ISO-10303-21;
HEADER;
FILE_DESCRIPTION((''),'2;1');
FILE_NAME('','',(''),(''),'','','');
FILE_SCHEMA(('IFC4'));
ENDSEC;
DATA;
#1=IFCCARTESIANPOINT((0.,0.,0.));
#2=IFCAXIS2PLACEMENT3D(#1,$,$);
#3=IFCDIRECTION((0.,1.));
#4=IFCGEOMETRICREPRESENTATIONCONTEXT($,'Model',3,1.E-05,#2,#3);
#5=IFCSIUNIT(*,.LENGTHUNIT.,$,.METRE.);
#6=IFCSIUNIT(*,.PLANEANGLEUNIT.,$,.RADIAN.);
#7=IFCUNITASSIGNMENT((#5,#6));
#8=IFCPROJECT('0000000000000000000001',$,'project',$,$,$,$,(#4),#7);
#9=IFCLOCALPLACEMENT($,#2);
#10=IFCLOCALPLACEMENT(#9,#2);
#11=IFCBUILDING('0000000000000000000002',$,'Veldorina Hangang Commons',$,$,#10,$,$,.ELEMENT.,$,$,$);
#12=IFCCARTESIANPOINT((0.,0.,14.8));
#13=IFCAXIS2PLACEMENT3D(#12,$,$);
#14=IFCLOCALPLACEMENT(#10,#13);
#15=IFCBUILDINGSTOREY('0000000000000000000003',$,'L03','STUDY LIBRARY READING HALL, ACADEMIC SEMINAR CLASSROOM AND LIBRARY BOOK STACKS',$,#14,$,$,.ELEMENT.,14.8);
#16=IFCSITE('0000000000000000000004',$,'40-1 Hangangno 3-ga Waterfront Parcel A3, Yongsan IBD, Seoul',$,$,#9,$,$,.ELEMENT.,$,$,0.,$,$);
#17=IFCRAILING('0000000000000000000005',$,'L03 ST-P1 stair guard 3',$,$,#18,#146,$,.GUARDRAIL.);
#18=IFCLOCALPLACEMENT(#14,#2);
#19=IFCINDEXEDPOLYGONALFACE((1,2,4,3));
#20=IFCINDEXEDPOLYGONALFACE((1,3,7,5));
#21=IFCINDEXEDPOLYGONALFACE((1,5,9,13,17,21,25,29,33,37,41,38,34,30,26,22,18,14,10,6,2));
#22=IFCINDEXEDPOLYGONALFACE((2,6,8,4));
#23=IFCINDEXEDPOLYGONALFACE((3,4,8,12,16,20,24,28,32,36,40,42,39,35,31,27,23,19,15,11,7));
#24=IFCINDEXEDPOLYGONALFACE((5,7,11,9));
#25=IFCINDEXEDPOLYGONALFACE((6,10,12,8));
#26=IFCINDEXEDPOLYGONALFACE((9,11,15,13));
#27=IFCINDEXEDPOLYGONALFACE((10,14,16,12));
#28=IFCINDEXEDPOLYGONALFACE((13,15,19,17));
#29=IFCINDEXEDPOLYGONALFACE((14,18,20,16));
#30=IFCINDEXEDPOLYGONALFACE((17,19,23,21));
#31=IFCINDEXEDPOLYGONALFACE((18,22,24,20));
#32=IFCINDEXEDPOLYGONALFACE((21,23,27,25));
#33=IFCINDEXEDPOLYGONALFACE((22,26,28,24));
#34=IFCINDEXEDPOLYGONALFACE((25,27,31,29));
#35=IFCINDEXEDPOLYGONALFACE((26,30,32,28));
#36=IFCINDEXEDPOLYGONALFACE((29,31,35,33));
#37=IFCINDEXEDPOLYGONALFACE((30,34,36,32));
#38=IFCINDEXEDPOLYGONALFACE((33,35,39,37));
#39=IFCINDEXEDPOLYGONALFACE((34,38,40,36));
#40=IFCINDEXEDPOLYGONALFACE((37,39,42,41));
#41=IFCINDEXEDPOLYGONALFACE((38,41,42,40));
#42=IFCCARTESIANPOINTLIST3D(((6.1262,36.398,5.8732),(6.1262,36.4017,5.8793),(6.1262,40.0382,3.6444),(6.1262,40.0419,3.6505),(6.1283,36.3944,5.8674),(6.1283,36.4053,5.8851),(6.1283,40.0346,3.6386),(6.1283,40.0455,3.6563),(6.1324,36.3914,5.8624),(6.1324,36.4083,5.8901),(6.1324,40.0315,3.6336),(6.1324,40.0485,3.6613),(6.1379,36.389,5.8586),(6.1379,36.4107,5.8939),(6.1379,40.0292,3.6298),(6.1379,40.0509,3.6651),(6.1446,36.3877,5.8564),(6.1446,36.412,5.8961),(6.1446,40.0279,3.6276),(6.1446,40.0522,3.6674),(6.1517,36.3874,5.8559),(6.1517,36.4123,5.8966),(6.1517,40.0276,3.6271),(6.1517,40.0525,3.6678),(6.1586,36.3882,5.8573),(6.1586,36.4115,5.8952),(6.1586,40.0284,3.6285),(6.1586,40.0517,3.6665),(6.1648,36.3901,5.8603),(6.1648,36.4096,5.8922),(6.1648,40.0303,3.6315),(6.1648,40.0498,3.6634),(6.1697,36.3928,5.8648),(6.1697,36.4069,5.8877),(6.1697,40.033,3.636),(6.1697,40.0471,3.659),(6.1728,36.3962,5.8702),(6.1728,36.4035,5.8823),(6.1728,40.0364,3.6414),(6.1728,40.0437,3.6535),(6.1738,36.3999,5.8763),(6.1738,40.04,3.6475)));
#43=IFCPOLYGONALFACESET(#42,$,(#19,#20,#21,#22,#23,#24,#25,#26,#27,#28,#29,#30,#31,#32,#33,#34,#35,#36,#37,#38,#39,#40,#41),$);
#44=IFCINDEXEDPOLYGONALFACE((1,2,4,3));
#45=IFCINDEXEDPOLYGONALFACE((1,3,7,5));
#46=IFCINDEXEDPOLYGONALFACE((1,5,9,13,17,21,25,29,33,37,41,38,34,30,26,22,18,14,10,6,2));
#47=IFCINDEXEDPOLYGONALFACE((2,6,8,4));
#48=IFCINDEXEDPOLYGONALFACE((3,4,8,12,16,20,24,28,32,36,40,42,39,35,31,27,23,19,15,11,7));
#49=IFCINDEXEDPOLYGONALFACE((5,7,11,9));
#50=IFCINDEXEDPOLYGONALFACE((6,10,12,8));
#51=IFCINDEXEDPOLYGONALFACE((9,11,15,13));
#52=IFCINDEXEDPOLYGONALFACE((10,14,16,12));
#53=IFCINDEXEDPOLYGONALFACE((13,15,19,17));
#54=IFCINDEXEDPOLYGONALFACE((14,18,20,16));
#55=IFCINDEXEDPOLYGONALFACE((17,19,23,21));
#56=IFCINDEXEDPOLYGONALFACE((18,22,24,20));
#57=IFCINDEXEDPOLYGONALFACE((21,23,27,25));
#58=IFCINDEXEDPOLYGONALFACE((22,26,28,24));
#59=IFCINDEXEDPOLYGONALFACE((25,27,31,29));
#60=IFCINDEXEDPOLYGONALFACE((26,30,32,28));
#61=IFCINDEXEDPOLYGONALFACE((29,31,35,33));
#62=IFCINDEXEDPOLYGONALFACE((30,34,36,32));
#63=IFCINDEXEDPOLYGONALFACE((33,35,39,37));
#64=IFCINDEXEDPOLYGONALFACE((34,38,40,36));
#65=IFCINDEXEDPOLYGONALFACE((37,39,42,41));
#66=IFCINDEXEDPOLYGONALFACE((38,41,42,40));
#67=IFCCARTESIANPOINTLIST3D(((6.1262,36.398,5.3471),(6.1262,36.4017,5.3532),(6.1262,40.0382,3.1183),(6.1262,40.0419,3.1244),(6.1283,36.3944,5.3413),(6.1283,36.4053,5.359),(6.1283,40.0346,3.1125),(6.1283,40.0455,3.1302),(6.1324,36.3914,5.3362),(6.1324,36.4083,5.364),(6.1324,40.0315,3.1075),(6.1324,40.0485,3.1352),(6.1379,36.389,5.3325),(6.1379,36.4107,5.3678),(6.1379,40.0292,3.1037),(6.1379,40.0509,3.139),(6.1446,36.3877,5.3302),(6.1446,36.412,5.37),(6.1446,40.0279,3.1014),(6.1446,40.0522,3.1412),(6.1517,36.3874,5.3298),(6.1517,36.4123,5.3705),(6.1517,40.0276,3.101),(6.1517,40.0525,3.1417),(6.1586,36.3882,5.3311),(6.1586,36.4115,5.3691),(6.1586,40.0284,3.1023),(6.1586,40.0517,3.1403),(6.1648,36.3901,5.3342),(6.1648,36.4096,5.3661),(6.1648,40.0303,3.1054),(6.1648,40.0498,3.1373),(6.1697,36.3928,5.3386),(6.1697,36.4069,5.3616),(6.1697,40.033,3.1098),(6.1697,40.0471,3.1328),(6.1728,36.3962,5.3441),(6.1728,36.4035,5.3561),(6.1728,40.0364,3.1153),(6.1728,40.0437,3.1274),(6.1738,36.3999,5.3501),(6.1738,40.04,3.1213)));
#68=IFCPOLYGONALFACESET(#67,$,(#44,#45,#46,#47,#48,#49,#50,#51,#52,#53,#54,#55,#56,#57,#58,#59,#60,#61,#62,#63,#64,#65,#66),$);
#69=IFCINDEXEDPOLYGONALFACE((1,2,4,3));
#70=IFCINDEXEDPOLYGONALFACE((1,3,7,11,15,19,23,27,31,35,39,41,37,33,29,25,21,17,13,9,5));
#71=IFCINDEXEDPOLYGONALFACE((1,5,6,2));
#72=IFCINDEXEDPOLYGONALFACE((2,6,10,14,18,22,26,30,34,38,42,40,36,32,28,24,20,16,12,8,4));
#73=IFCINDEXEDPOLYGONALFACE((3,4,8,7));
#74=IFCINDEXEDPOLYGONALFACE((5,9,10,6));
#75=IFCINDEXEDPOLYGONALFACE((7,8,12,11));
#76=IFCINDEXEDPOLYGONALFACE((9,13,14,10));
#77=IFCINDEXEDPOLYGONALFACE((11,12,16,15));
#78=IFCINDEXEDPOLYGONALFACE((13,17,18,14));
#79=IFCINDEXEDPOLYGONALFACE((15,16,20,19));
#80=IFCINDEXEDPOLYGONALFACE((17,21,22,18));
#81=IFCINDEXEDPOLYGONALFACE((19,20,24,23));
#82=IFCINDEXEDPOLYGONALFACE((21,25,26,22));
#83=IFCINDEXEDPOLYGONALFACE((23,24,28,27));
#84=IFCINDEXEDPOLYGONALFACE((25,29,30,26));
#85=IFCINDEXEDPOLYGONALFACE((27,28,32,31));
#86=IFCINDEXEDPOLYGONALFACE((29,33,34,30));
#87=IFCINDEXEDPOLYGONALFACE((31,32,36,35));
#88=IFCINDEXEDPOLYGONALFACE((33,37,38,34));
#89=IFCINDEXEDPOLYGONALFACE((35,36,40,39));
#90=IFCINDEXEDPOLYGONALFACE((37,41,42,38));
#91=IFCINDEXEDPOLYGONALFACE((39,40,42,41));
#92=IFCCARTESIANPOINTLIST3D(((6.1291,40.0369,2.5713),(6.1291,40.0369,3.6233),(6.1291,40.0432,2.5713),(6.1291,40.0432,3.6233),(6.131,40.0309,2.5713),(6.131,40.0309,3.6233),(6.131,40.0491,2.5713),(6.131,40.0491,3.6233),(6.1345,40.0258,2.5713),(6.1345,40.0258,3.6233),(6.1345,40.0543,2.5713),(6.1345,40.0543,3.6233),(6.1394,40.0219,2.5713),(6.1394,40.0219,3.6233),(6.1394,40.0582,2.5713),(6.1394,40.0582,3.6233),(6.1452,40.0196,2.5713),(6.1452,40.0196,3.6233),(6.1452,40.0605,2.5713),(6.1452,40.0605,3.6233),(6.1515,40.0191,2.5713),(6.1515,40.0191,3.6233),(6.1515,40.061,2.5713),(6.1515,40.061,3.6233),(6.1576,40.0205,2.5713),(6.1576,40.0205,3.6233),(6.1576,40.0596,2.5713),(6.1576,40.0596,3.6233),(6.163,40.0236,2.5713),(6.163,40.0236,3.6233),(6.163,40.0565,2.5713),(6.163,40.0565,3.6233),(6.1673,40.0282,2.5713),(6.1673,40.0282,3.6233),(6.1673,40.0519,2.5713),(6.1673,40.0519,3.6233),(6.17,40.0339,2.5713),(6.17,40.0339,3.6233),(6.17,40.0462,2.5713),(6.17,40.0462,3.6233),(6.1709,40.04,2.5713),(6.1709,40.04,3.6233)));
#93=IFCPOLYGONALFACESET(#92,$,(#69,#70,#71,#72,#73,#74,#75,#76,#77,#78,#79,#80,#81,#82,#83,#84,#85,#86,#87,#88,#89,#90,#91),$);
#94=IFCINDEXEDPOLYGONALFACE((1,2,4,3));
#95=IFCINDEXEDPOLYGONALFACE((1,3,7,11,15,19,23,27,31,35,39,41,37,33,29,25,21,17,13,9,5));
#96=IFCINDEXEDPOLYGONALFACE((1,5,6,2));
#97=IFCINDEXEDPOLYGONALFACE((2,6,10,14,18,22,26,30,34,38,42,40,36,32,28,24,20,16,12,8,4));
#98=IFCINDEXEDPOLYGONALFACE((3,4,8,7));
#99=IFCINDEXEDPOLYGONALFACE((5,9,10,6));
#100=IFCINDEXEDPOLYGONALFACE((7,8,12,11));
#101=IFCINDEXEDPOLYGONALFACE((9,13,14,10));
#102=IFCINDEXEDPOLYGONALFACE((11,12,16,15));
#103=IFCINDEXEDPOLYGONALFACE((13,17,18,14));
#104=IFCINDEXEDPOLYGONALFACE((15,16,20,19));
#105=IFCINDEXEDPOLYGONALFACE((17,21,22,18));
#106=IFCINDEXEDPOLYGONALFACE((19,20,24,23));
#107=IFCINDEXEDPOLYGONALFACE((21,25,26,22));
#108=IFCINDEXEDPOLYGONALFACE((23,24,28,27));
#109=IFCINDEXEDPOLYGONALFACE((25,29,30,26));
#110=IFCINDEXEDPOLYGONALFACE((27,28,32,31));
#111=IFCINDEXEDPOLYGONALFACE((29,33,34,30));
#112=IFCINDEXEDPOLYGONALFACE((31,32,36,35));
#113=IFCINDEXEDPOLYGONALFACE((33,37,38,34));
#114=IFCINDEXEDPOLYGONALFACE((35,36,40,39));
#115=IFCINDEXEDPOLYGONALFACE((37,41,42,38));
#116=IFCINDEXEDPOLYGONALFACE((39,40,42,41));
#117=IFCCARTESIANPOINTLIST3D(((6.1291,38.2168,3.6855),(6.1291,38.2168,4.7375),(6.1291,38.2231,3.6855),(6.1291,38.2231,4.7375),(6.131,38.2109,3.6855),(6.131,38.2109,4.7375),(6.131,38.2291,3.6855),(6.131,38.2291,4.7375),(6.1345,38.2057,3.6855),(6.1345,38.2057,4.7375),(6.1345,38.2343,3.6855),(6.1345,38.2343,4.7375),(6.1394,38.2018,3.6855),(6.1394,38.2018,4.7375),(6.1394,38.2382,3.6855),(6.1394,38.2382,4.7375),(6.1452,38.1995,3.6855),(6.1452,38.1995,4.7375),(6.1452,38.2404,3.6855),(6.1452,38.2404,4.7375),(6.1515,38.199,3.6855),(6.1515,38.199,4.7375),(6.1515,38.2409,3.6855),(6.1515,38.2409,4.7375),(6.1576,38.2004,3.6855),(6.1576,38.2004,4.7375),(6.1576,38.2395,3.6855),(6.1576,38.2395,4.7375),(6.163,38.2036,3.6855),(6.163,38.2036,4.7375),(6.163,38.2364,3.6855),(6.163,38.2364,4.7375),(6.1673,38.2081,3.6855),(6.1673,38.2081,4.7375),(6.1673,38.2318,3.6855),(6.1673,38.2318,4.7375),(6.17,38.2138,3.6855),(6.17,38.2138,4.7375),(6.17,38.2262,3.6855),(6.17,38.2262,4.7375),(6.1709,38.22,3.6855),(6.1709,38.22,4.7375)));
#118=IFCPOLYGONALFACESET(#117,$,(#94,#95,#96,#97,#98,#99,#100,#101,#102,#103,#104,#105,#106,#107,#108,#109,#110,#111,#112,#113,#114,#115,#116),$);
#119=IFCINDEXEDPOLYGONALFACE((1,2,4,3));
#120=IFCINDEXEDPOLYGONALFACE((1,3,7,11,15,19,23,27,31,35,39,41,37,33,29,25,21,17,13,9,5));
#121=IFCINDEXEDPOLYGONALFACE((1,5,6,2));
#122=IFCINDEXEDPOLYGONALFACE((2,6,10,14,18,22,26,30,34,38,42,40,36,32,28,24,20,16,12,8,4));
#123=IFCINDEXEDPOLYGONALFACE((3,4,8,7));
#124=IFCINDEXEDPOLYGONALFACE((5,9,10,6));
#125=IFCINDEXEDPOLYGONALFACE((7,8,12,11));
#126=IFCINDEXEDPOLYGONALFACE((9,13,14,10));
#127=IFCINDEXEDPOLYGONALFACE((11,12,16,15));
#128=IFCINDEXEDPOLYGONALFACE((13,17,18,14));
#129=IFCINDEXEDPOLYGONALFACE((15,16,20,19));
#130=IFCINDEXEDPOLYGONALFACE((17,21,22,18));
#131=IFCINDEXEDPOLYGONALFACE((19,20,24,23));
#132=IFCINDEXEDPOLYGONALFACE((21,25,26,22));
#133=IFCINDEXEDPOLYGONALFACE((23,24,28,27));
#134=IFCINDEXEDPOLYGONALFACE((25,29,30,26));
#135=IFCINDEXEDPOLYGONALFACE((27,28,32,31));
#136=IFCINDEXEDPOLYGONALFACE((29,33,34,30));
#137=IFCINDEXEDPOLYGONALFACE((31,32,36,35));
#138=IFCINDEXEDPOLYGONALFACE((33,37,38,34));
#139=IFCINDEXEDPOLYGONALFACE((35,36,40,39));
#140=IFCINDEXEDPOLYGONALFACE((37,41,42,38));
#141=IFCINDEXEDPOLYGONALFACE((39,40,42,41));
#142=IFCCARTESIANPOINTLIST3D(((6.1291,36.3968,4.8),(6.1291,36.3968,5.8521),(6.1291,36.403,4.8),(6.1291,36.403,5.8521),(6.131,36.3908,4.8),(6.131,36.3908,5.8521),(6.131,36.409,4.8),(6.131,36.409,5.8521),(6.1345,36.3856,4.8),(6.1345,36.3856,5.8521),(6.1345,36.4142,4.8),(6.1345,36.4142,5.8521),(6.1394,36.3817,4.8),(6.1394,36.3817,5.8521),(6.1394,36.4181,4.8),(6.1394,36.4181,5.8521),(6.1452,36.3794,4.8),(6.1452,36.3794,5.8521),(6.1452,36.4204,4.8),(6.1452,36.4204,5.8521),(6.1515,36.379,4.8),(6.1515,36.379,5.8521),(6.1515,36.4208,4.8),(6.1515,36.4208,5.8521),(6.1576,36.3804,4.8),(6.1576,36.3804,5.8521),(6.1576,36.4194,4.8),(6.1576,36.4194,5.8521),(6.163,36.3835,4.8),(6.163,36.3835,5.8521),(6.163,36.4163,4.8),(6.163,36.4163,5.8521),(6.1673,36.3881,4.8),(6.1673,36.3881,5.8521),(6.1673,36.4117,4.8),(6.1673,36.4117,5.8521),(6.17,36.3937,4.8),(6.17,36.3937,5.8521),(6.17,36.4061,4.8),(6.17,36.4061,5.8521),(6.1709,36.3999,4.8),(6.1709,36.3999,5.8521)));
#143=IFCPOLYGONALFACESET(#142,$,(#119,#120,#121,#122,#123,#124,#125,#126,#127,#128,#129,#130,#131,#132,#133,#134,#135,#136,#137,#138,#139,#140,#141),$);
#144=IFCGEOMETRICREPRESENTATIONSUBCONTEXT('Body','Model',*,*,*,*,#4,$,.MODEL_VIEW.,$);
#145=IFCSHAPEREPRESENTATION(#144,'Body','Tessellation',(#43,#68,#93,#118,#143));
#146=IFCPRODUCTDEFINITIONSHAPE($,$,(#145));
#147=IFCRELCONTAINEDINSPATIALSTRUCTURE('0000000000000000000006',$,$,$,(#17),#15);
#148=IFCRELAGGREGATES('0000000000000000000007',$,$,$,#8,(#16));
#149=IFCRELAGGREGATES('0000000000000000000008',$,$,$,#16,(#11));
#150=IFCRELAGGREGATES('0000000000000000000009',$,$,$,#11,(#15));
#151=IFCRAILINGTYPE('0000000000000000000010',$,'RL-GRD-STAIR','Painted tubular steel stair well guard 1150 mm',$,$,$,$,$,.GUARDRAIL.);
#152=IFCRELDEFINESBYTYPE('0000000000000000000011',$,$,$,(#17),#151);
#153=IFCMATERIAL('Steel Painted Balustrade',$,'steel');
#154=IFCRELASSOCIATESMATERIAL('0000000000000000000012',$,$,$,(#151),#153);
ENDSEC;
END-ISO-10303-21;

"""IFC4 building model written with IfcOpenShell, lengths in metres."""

from ifc_helpers import new_model, si_unit, direction, frame, origin, origin_2d, place, context, subcontext, project, spatial, circle, extrude, material, type_object, element, save


model = new_model("IFC4")

# Units and contexts
model_context = context("Model", 3, precision=1e-05, world=origin(), true_north=direction((0.0, 1.0)))
body_context = subcontext(model_context, "Body", "Model", "MODEL_VIEW")
ifc_project = project(units=[si_unit("LENGTHUNIT", "METRE"), si_unit("PLANEANGLEUNIT", "RADIAN")], contexts=[model_context])

# Site, building, storey
site_placement = place(None, origin())
site = spatial("IfcSite", under=ifc_project, at=site_placement, Name="40-1 Hangangno 3-ga Waterfront Parcel A3, Yongsan IBD, Seoul", CompositionType="ELEMENT", RefElevation=0.0)
building_placement = place(site_placement, origin())
building = spatial("IfcBuilding", under=site, at=building_placement, Name="Veldorina Hangang Commons", CompositionType="ELEMENT")
storey_placement = place(building_placement, frame((0.0, 0.0, 14.8)))
storey = spatial("IfcBuildingStorey", under=building, at=storey_placement, Name="L03", Description="STUDY LIBRARY READING HALL, ACADEMIC SEMINAR CLASSROOM AND LIBRARY BOOK STACKS", CompositionType="ELEMENT", Elevation=14.8)

# Railing
ifc_material_1 = material(Name="Steel Painted Balustrade", Category="steel")
railing_type_1 = type_object("IfcRailingType", Name="RL-GRD-STAIR", Description="Painted tubular steel stair well guard 1150 mm", PredefinedType="GUARDRAIL", material=ifc_material_1)
railing_1_placement = place(storey_placement, frame((6.1499, 40.04, 2.5713)))
element("IfcRailing", 1, at=railing_1_placement, inside=storey, type_object=railing_type_1, Name="L03 ST-P1 stair guard 3", PredefinedType="GUARDRAIL", context=body_context, shape_type="SweptSolid", body=[
    extrude(circle(Radius=0.0239, at=origin_2d()), frame((0.0, 0.0, 1.0762), z_axis=(0.0, -0.85284, 0.522172), x_axis=(1.0, 0.0, 0.0)), (0.0, 0.0, 1.0), 4.2683),
    extrude(circle(Radius=0.0239, at=origin_2d()), frame((0.0, 0.0, 0.55), z_axis=(0.0, -0.85284, 0.522172), x_axis=(1.0, 0.0, 0.0)), (0.0, 0.0, 1.0), 4.2683),
    extrude(circle(Radius=0.021, at=origin_2d()), origin(), (0.0, 0.0, 1.0), 1.052),
    extrude(circle(Radius=0.021, at=origin_2d()), frame((0.0, -1.8201, 1.1143)), (0.0, 0.0, 1.0), 1.052),
    extrude(circle(Radius=0.021, at=origin_2d()), frame((0.0, -3.6401, 2.2288)), (0.0, 0.0, 1.0), 1.052),
])

save(model, "model.ifc")
